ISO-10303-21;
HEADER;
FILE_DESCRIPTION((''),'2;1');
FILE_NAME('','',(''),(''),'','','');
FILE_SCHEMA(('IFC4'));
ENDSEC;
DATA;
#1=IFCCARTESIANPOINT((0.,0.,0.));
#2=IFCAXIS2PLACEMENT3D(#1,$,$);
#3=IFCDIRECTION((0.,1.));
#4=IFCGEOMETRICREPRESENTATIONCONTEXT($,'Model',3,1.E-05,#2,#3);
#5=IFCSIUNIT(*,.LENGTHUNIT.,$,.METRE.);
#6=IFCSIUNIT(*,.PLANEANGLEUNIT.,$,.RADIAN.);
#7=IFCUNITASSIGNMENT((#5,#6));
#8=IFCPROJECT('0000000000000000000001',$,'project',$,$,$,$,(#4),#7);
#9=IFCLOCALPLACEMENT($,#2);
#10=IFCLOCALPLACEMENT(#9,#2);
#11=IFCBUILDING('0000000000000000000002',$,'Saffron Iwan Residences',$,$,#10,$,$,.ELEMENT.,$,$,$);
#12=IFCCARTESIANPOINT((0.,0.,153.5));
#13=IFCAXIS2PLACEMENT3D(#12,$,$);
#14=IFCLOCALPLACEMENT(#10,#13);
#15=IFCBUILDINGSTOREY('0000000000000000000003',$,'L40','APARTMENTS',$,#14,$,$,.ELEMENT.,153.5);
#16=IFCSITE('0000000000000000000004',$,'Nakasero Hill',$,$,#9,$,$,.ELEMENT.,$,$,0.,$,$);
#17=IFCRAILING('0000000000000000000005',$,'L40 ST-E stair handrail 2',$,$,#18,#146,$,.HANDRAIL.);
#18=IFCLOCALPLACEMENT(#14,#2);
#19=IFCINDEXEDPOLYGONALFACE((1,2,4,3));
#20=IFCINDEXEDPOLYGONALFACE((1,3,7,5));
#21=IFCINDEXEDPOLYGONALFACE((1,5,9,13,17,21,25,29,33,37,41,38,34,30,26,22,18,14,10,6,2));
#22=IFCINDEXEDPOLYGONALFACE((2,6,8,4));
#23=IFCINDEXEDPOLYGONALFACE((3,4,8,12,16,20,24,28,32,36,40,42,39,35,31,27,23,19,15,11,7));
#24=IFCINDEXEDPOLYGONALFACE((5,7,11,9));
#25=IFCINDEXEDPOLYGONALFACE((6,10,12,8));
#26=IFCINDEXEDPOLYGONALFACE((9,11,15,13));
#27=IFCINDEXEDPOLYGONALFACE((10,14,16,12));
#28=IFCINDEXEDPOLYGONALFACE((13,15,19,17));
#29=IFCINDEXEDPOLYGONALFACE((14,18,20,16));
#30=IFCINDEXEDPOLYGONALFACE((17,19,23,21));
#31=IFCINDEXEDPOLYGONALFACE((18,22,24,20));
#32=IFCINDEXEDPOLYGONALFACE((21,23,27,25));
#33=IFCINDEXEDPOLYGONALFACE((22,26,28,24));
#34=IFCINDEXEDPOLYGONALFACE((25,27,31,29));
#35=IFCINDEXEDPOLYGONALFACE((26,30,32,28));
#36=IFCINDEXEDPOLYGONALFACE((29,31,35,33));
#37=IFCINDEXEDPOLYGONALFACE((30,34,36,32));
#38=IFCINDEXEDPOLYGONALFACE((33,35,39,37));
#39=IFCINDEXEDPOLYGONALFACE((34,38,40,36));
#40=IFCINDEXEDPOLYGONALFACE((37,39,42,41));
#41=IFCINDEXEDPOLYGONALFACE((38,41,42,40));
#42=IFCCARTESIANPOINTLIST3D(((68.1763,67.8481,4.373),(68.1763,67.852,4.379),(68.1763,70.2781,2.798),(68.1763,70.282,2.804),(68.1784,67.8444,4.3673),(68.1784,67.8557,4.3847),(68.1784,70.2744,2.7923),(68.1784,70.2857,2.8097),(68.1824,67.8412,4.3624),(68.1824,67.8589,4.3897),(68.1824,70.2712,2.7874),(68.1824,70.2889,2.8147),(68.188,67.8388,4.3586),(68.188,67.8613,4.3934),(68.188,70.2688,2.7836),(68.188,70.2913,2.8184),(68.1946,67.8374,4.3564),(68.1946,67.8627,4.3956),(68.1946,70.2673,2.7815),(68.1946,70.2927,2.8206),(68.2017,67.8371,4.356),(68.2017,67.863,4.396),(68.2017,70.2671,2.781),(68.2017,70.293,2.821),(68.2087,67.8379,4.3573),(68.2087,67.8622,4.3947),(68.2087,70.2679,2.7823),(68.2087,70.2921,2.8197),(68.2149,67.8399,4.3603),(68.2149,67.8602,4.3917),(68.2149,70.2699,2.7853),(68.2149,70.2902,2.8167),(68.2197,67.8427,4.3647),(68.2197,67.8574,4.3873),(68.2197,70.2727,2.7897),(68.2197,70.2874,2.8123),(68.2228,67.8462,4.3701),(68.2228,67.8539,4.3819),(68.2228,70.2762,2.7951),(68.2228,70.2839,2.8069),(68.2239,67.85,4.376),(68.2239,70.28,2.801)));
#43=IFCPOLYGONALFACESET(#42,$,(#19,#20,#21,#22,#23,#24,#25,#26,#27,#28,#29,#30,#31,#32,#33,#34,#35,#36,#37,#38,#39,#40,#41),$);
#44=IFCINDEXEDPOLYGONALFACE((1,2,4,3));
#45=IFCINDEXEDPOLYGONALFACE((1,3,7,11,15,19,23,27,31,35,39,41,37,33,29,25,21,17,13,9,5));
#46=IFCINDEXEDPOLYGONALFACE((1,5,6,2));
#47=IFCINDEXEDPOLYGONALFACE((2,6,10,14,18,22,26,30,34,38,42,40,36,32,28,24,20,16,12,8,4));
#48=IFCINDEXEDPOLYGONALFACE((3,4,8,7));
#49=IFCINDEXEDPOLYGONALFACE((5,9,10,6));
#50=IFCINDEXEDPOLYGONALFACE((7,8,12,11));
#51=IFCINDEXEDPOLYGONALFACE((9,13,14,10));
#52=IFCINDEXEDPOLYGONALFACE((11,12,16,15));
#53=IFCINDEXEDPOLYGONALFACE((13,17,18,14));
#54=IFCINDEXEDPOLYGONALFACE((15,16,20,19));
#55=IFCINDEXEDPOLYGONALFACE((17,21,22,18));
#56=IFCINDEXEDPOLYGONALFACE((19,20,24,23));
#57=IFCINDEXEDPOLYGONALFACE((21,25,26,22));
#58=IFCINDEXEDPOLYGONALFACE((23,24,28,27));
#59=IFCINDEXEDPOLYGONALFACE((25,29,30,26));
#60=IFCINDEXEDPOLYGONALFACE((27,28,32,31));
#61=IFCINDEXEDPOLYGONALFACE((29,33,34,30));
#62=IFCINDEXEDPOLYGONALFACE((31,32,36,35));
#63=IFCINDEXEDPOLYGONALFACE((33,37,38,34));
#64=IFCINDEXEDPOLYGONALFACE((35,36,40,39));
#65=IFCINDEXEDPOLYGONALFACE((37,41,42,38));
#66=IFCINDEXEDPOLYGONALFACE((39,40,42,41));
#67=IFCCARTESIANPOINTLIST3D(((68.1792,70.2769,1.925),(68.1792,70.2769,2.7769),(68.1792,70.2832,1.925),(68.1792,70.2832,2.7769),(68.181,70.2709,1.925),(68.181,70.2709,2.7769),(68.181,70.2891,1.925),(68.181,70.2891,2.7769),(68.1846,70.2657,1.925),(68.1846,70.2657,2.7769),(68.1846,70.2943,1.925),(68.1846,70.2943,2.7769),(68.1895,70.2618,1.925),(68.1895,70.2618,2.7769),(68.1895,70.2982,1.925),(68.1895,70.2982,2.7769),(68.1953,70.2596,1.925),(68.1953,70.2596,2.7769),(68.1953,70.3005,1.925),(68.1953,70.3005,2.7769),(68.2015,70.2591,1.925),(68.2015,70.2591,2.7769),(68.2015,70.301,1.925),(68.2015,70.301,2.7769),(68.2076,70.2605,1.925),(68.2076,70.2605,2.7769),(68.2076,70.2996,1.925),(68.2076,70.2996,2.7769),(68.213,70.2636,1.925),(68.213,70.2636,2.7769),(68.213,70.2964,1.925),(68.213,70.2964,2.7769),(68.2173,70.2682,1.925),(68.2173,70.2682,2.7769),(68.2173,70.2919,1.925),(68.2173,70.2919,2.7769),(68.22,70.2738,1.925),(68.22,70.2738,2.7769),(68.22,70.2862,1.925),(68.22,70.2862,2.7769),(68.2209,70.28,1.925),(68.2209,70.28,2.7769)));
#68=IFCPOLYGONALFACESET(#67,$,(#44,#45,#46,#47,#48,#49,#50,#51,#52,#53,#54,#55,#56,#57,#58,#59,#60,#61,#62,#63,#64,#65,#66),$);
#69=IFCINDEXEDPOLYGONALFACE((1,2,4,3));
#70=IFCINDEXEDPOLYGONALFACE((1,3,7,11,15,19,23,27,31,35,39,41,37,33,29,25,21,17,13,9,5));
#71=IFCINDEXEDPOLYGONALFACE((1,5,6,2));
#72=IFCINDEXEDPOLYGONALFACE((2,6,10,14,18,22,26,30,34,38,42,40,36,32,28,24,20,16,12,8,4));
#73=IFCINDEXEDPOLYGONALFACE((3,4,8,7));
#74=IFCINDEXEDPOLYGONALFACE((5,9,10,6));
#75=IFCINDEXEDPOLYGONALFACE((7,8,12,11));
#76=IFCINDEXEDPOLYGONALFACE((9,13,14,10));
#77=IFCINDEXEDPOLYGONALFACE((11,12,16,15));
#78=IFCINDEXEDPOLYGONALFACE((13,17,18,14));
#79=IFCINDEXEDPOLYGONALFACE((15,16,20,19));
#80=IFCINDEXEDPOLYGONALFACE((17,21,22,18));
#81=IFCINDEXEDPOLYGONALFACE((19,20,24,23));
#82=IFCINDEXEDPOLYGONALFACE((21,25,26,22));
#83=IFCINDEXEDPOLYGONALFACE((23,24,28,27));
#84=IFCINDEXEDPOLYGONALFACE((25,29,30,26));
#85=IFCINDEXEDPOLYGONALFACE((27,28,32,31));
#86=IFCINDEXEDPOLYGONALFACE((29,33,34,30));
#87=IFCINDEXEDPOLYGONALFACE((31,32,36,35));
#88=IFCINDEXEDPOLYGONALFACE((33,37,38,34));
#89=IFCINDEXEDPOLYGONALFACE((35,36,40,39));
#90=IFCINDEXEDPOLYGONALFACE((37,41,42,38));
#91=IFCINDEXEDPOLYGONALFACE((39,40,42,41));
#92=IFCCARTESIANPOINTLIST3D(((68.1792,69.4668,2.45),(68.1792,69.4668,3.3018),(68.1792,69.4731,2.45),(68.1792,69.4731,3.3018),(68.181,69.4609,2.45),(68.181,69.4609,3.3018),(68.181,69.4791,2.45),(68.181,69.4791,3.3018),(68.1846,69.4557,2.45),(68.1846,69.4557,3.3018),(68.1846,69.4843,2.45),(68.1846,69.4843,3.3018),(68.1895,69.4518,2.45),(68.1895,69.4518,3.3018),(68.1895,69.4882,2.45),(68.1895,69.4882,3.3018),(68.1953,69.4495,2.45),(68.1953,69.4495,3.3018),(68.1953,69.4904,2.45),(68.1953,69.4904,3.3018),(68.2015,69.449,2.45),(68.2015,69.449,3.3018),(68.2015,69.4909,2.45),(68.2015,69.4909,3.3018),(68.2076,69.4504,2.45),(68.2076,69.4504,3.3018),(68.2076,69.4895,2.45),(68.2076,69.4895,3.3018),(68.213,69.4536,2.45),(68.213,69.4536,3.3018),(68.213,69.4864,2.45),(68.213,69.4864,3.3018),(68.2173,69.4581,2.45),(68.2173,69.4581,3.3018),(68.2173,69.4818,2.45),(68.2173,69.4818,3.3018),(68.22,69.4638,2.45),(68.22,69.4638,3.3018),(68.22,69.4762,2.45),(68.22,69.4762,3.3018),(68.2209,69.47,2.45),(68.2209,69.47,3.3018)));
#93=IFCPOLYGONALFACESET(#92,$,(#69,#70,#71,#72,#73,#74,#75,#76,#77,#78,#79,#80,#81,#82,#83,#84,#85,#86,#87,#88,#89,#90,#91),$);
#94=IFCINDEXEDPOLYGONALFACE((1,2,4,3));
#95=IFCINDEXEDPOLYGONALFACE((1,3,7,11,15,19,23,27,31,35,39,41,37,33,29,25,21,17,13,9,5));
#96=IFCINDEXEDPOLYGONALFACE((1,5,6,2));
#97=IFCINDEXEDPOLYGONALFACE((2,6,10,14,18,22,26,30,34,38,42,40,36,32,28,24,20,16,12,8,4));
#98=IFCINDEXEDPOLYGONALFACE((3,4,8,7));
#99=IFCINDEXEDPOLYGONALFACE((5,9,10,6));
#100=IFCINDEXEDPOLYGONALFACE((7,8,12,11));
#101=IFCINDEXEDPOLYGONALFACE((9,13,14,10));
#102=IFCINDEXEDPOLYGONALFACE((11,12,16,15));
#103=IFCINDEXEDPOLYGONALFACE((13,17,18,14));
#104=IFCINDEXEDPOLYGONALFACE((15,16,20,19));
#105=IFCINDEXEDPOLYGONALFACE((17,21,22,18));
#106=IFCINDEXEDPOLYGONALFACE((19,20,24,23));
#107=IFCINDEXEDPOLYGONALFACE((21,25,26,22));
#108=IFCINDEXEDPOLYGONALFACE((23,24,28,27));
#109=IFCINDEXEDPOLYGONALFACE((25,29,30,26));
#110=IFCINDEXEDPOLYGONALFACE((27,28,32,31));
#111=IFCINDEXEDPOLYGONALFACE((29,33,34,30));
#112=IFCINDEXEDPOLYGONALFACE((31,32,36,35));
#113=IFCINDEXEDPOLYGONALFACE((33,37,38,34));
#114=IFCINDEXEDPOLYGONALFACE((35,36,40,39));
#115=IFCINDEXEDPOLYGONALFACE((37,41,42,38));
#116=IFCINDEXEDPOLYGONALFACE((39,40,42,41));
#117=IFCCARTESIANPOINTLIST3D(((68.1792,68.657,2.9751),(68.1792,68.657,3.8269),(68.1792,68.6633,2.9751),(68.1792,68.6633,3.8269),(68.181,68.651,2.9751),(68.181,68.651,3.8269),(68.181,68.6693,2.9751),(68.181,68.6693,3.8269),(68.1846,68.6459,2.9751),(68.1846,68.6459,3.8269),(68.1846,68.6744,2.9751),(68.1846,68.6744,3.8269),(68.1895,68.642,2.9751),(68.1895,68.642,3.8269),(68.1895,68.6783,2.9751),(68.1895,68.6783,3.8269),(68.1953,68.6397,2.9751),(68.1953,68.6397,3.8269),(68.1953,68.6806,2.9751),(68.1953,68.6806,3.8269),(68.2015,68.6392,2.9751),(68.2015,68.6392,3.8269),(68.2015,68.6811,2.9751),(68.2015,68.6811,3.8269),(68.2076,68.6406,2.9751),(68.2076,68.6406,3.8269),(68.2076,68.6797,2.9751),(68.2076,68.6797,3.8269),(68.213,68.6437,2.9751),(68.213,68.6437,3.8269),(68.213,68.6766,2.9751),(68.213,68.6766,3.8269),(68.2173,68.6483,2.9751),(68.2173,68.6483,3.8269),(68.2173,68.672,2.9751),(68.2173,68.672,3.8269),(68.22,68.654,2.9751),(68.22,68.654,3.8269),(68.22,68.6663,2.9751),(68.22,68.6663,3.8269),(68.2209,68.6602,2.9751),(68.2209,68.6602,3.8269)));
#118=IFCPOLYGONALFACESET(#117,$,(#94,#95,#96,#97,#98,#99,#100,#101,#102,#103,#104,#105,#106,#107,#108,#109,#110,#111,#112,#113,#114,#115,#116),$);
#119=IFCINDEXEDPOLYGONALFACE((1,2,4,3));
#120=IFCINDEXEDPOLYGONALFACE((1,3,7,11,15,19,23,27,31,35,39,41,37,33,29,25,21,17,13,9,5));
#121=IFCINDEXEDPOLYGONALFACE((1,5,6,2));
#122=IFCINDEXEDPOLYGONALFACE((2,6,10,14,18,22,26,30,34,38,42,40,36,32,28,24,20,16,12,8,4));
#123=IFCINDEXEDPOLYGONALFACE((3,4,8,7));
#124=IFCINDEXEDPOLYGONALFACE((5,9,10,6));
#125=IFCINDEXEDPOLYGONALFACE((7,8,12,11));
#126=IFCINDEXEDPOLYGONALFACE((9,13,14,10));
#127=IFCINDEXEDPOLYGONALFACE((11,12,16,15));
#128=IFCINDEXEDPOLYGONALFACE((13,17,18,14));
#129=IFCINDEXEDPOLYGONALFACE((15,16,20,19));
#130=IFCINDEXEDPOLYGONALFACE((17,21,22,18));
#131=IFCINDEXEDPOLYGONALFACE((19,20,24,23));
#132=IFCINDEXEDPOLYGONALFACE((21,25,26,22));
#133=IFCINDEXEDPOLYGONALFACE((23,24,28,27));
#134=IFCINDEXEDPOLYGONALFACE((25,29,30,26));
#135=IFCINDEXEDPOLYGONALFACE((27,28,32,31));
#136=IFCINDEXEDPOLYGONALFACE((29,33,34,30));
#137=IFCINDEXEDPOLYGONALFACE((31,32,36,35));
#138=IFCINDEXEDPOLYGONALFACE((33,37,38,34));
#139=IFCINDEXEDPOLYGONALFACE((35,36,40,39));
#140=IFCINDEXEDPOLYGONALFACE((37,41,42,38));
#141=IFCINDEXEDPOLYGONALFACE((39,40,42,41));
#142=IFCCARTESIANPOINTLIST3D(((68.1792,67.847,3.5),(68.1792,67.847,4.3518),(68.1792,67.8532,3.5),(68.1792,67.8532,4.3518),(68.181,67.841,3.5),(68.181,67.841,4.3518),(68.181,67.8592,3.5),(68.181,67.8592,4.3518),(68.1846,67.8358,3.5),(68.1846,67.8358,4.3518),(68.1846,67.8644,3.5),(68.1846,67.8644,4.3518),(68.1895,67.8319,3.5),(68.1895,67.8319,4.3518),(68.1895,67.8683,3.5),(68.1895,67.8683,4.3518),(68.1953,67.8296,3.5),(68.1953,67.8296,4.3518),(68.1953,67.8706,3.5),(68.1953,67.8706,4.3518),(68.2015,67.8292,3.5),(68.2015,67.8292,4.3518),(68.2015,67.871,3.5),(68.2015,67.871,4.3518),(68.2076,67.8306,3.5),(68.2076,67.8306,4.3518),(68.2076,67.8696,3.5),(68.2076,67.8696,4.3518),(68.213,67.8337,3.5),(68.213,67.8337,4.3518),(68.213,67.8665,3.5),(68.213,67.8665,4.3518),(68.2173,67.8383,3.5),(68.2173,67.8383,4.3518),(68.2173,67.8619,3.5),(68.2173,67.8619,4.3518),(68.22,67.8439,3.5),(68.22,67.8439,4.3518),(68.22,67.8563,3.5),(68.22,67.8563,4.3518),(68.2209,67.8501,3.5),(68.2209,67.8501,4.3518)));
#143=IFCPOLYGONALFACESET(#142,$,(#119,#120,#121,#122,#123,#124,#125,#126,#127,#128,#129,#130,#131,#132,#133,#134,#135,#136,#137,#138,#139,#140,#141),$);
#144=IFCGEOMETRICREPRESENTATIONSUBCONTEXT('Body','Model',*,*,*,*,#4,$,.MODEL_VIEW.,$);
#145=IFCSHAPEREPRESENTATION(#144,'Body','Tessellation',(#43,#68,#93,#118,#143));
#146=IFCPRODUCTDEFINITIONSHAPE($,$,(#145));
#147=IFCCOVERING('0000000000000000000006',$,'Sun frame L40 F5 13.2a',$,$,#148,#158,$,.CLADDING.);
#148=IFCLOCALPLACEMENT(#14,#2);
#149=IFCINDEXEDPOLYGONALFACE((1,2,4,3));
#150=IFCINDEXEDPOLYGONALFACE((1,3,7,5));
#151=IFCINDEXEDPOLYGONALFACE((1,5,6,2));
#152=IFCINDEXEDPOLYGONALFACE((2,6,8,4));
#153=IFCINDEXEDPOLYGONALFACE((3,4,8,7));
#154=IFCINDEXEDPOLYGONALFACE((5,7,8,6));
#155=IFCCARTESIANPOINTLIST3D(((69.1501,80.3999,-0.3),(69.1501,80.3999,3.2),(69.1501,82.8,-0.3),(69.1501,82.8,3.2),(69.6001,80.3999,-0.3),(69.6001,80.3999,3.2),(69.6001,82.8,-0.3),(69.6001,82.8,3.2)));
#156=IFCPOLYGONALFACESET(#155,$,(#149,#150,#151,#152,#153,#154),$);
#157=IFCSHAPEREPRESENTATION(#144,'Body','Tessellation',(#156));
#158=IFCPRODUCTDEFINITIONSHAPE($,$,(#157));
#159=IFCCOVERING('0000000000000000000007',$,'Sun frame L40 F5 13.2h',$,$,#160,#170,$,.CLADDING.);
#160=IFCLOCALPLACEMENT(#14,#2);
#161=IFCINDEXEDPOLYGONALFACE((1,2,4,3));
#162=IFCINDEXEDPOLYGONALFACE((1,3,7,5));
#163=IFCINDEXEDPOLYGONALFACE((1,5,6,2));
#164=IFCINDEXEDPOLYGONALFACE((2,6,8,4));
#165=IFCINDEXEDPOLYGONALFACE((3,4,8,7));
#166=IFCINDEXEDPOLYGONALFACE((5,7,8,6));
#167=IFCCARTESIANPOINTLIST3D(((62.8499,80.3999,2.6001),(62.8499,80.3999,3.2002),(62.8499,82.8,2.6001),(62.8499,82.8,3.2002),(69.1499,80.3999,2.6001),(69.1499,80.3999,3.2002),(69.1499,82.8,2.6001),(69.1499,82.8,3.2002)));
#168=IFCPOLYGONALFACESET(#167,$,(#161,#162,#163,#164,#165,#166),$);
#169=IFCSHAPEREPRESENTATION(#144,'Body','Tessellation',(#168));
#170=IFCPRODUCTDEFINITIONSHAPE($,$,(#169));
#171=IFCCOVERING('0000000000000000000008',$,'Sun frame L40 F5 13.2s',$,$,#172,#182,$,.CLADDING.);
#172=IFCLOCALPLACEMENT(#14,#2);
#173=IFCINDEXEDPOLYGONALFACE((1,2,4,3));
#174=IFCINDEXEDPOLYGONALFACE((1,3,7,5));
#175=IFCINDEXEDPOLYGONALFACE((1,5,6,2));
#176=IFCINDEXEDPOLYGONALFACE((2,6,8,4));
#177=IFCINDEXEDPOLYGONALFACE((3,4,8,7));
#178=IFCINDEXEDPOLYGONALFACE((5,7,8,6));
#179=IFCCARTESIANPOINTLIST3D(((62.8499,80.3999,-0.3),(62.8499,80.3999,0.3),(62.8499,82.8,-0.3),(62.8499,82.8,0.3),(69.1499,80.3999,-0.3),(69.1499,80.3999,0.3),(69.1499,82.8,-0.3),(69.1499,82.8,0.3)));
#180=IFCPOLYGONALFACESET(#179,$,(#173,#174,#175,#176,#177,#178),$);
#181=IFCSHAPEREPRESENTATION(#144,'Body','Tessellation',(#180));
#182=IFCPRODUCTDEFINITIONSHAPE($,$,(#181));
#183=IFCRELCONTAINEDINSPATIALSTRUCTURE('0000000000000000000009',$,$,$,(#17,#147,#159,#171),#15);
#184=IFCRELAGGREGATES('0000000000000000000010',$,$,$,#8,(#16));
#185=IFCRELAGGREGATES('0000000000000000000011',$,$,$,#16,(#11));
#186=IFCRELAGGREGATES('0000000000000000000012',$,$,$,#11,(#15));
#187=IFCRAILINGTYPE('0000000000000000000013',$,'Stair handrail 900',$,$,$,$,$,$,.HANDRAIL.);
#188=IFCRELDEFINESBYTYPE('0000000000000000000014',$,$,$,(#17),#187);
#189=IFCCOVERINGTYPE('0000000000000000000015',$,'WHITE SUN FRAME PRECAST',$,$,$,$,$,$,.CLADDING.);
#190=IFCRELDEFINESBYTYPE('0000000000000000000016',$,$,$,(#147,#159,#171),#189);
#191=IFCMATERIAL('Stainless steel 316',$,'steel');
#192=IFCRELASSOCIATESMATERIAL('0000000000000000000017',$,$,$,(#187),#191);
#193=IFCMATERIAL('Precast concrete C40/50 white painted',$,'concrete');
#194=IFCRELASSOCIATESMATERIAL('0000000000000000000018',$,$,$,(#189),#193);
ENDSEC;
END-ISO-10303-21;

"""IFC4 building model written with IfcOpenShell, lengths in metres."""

from ifc_helpers import new_model, si_unit, direction, frame, origin, origin_2d, place, context, subcontext, project, spatial, polyline, circle, outline, extrude, material, type_object, element, save


model = new_model("IFC4")

# Units and contexts
model_context = context("Model", 3, precision=1e-05, world=origin(), true_north=direction((0.0, 1.0)))
body_context = subcontext(model_context, "Body", "Model", "MODEL_VIEW")
ifc_project = project(units=[si_unit("LENGTHUNIT", "METRE"), si_unit("PLANEANGLEUNIT", "RADIAN")], contexts=[model_context])

# Site, building, storey
site_placement = place(None, origin())
site = spatial("IfcSite", under=ifc_project, at=site_placement, Name="Nakasero Hill", CompositionType="ELEMENT", RefElevation=0.0)
building_placement = place(site_placement, origin())
building = spatial("IfcBuilding", under=site, at=building_placement, Name="Saffron Iwan Residences", CompositionType="ELEMENT")
storey_placement = place(building_placement, frame((0.0, 0.0, 153.5)))
storey = spatial("IfcBuildingStorey", under=building, at=storey_placement, Name="L40", Description="APARTMENTS", CompositionType="ELEMENT", Elevation=153.5)

# Railing
ifc_material_1 = material(Name="Stainless steel 316", Category="steel")
railing_type_1 = type_object("IfcRailingType", Name="Stair handrail 900", PredefinedType="HANDRAIL", material=ifc_material_1)
railing_1_placement = place(storey_placement, frame((68.2, 70.28, 1.925)))
element("IfcRailing", 1, at=railing_1_placement, inside=storey, type_object=railing_type_1, Name="L40 ST-E stair handrail 2", PredefinedType="HANDRAIL", context=body_context, shape_type="SweptSolid", body=[
    extrude(circle(Radius=0.0239, at=origin_2d()), frame((0.0, 0.0, 0.876), z_axis=(0.0, -0.839154, 0.543894), x_axis=(1.0, 0.0, 0.0)), (0.0, 0.0, 1.0), 2.8958),
    extrude(circle(Radius=0.021, at=origin_2d()), origin(), (0.0, 0.0, 1.0), 0.8518),
    extrude(circle(Radius=0.021, at=origin_2d()), frame((0.0, -0.8101, 0.5249)), (0.0, 0.0, 1.0), 0.8518),
    extrude(circle(Radius=0.021, at=origin_2d()), frame((0.0, -1.6199, 1.05)), (0.0, 0.0, 1.0), 0.8518),
    extrude(circle(Radius=0.021, at=origin_2d()), frame((0.0, -2.4299, 1.575)), (0.0, 0.0, 1.0), 0.8518),
])

# Coverings
ifc_material_2 = material(Name="Precast concrete C40/50 white painted", Category="concrete")
covering_type = type_object("IfcCoveringType", Name="WHITE SUN FRAME PRECAST", PredefinedType="CLADDING", material=ifc_material_2)
covering_placement = place(storey_placement, frame((69.6001, 80.3999, -0.3), z_axis=(0.0, 1.0, 0.0), x_axis=(-1.0, 0.0, 0.0)))
element("IfcCovering", 2, at=covering_placement, inside=storey, type_object=covering_type, Name="Sun frame L40 F5 13.2a", PredefinedType="CLADDING", context=body_context, shape_type="SweptSolid", body=[
    extrude(outline(polyline([(0.0, 0.0), (0.45, 0.0), (0.45, 3.5), (0.0, 3.5), (0.0, 0.0)])), origin(), (0.0, 0.0, 1.0), 2.4001),
])
for number, where, z_axis, x_axis, name in (
    (3, (69.1499, 80.3999, 2.6001), (0.0, 1.0, 0.0), (-1.0, 0.0, 0.0), "Sun frame L40 F5 13.2h"),
    (4, (69.1499, 80.3999, -0.3), (0.0, 1.0, 0.0), (-1.0, 0.0, 0.0), "Sun frame L40 F5 13.2s"),
):
    element("IfcCovering", number, at=place(storey_placement, frame(where, z_axis=z_axis, x_axis=x_axis)), inside=storey, type_object=covering_type, Name=name, PredefinedType="CLADDING", context=body_context, shape_type="SweptSolid", body=[
        extrude(outline(polyline([(0.0, 0.0), (6.3, 0.0), (6.3, 0.6001), (0.0, 0.6001), (0.0, 0.0)])), origin(), (0.0, 0.0, 1.0), 2.4001),
    ])

save(model, "model.ifc")
